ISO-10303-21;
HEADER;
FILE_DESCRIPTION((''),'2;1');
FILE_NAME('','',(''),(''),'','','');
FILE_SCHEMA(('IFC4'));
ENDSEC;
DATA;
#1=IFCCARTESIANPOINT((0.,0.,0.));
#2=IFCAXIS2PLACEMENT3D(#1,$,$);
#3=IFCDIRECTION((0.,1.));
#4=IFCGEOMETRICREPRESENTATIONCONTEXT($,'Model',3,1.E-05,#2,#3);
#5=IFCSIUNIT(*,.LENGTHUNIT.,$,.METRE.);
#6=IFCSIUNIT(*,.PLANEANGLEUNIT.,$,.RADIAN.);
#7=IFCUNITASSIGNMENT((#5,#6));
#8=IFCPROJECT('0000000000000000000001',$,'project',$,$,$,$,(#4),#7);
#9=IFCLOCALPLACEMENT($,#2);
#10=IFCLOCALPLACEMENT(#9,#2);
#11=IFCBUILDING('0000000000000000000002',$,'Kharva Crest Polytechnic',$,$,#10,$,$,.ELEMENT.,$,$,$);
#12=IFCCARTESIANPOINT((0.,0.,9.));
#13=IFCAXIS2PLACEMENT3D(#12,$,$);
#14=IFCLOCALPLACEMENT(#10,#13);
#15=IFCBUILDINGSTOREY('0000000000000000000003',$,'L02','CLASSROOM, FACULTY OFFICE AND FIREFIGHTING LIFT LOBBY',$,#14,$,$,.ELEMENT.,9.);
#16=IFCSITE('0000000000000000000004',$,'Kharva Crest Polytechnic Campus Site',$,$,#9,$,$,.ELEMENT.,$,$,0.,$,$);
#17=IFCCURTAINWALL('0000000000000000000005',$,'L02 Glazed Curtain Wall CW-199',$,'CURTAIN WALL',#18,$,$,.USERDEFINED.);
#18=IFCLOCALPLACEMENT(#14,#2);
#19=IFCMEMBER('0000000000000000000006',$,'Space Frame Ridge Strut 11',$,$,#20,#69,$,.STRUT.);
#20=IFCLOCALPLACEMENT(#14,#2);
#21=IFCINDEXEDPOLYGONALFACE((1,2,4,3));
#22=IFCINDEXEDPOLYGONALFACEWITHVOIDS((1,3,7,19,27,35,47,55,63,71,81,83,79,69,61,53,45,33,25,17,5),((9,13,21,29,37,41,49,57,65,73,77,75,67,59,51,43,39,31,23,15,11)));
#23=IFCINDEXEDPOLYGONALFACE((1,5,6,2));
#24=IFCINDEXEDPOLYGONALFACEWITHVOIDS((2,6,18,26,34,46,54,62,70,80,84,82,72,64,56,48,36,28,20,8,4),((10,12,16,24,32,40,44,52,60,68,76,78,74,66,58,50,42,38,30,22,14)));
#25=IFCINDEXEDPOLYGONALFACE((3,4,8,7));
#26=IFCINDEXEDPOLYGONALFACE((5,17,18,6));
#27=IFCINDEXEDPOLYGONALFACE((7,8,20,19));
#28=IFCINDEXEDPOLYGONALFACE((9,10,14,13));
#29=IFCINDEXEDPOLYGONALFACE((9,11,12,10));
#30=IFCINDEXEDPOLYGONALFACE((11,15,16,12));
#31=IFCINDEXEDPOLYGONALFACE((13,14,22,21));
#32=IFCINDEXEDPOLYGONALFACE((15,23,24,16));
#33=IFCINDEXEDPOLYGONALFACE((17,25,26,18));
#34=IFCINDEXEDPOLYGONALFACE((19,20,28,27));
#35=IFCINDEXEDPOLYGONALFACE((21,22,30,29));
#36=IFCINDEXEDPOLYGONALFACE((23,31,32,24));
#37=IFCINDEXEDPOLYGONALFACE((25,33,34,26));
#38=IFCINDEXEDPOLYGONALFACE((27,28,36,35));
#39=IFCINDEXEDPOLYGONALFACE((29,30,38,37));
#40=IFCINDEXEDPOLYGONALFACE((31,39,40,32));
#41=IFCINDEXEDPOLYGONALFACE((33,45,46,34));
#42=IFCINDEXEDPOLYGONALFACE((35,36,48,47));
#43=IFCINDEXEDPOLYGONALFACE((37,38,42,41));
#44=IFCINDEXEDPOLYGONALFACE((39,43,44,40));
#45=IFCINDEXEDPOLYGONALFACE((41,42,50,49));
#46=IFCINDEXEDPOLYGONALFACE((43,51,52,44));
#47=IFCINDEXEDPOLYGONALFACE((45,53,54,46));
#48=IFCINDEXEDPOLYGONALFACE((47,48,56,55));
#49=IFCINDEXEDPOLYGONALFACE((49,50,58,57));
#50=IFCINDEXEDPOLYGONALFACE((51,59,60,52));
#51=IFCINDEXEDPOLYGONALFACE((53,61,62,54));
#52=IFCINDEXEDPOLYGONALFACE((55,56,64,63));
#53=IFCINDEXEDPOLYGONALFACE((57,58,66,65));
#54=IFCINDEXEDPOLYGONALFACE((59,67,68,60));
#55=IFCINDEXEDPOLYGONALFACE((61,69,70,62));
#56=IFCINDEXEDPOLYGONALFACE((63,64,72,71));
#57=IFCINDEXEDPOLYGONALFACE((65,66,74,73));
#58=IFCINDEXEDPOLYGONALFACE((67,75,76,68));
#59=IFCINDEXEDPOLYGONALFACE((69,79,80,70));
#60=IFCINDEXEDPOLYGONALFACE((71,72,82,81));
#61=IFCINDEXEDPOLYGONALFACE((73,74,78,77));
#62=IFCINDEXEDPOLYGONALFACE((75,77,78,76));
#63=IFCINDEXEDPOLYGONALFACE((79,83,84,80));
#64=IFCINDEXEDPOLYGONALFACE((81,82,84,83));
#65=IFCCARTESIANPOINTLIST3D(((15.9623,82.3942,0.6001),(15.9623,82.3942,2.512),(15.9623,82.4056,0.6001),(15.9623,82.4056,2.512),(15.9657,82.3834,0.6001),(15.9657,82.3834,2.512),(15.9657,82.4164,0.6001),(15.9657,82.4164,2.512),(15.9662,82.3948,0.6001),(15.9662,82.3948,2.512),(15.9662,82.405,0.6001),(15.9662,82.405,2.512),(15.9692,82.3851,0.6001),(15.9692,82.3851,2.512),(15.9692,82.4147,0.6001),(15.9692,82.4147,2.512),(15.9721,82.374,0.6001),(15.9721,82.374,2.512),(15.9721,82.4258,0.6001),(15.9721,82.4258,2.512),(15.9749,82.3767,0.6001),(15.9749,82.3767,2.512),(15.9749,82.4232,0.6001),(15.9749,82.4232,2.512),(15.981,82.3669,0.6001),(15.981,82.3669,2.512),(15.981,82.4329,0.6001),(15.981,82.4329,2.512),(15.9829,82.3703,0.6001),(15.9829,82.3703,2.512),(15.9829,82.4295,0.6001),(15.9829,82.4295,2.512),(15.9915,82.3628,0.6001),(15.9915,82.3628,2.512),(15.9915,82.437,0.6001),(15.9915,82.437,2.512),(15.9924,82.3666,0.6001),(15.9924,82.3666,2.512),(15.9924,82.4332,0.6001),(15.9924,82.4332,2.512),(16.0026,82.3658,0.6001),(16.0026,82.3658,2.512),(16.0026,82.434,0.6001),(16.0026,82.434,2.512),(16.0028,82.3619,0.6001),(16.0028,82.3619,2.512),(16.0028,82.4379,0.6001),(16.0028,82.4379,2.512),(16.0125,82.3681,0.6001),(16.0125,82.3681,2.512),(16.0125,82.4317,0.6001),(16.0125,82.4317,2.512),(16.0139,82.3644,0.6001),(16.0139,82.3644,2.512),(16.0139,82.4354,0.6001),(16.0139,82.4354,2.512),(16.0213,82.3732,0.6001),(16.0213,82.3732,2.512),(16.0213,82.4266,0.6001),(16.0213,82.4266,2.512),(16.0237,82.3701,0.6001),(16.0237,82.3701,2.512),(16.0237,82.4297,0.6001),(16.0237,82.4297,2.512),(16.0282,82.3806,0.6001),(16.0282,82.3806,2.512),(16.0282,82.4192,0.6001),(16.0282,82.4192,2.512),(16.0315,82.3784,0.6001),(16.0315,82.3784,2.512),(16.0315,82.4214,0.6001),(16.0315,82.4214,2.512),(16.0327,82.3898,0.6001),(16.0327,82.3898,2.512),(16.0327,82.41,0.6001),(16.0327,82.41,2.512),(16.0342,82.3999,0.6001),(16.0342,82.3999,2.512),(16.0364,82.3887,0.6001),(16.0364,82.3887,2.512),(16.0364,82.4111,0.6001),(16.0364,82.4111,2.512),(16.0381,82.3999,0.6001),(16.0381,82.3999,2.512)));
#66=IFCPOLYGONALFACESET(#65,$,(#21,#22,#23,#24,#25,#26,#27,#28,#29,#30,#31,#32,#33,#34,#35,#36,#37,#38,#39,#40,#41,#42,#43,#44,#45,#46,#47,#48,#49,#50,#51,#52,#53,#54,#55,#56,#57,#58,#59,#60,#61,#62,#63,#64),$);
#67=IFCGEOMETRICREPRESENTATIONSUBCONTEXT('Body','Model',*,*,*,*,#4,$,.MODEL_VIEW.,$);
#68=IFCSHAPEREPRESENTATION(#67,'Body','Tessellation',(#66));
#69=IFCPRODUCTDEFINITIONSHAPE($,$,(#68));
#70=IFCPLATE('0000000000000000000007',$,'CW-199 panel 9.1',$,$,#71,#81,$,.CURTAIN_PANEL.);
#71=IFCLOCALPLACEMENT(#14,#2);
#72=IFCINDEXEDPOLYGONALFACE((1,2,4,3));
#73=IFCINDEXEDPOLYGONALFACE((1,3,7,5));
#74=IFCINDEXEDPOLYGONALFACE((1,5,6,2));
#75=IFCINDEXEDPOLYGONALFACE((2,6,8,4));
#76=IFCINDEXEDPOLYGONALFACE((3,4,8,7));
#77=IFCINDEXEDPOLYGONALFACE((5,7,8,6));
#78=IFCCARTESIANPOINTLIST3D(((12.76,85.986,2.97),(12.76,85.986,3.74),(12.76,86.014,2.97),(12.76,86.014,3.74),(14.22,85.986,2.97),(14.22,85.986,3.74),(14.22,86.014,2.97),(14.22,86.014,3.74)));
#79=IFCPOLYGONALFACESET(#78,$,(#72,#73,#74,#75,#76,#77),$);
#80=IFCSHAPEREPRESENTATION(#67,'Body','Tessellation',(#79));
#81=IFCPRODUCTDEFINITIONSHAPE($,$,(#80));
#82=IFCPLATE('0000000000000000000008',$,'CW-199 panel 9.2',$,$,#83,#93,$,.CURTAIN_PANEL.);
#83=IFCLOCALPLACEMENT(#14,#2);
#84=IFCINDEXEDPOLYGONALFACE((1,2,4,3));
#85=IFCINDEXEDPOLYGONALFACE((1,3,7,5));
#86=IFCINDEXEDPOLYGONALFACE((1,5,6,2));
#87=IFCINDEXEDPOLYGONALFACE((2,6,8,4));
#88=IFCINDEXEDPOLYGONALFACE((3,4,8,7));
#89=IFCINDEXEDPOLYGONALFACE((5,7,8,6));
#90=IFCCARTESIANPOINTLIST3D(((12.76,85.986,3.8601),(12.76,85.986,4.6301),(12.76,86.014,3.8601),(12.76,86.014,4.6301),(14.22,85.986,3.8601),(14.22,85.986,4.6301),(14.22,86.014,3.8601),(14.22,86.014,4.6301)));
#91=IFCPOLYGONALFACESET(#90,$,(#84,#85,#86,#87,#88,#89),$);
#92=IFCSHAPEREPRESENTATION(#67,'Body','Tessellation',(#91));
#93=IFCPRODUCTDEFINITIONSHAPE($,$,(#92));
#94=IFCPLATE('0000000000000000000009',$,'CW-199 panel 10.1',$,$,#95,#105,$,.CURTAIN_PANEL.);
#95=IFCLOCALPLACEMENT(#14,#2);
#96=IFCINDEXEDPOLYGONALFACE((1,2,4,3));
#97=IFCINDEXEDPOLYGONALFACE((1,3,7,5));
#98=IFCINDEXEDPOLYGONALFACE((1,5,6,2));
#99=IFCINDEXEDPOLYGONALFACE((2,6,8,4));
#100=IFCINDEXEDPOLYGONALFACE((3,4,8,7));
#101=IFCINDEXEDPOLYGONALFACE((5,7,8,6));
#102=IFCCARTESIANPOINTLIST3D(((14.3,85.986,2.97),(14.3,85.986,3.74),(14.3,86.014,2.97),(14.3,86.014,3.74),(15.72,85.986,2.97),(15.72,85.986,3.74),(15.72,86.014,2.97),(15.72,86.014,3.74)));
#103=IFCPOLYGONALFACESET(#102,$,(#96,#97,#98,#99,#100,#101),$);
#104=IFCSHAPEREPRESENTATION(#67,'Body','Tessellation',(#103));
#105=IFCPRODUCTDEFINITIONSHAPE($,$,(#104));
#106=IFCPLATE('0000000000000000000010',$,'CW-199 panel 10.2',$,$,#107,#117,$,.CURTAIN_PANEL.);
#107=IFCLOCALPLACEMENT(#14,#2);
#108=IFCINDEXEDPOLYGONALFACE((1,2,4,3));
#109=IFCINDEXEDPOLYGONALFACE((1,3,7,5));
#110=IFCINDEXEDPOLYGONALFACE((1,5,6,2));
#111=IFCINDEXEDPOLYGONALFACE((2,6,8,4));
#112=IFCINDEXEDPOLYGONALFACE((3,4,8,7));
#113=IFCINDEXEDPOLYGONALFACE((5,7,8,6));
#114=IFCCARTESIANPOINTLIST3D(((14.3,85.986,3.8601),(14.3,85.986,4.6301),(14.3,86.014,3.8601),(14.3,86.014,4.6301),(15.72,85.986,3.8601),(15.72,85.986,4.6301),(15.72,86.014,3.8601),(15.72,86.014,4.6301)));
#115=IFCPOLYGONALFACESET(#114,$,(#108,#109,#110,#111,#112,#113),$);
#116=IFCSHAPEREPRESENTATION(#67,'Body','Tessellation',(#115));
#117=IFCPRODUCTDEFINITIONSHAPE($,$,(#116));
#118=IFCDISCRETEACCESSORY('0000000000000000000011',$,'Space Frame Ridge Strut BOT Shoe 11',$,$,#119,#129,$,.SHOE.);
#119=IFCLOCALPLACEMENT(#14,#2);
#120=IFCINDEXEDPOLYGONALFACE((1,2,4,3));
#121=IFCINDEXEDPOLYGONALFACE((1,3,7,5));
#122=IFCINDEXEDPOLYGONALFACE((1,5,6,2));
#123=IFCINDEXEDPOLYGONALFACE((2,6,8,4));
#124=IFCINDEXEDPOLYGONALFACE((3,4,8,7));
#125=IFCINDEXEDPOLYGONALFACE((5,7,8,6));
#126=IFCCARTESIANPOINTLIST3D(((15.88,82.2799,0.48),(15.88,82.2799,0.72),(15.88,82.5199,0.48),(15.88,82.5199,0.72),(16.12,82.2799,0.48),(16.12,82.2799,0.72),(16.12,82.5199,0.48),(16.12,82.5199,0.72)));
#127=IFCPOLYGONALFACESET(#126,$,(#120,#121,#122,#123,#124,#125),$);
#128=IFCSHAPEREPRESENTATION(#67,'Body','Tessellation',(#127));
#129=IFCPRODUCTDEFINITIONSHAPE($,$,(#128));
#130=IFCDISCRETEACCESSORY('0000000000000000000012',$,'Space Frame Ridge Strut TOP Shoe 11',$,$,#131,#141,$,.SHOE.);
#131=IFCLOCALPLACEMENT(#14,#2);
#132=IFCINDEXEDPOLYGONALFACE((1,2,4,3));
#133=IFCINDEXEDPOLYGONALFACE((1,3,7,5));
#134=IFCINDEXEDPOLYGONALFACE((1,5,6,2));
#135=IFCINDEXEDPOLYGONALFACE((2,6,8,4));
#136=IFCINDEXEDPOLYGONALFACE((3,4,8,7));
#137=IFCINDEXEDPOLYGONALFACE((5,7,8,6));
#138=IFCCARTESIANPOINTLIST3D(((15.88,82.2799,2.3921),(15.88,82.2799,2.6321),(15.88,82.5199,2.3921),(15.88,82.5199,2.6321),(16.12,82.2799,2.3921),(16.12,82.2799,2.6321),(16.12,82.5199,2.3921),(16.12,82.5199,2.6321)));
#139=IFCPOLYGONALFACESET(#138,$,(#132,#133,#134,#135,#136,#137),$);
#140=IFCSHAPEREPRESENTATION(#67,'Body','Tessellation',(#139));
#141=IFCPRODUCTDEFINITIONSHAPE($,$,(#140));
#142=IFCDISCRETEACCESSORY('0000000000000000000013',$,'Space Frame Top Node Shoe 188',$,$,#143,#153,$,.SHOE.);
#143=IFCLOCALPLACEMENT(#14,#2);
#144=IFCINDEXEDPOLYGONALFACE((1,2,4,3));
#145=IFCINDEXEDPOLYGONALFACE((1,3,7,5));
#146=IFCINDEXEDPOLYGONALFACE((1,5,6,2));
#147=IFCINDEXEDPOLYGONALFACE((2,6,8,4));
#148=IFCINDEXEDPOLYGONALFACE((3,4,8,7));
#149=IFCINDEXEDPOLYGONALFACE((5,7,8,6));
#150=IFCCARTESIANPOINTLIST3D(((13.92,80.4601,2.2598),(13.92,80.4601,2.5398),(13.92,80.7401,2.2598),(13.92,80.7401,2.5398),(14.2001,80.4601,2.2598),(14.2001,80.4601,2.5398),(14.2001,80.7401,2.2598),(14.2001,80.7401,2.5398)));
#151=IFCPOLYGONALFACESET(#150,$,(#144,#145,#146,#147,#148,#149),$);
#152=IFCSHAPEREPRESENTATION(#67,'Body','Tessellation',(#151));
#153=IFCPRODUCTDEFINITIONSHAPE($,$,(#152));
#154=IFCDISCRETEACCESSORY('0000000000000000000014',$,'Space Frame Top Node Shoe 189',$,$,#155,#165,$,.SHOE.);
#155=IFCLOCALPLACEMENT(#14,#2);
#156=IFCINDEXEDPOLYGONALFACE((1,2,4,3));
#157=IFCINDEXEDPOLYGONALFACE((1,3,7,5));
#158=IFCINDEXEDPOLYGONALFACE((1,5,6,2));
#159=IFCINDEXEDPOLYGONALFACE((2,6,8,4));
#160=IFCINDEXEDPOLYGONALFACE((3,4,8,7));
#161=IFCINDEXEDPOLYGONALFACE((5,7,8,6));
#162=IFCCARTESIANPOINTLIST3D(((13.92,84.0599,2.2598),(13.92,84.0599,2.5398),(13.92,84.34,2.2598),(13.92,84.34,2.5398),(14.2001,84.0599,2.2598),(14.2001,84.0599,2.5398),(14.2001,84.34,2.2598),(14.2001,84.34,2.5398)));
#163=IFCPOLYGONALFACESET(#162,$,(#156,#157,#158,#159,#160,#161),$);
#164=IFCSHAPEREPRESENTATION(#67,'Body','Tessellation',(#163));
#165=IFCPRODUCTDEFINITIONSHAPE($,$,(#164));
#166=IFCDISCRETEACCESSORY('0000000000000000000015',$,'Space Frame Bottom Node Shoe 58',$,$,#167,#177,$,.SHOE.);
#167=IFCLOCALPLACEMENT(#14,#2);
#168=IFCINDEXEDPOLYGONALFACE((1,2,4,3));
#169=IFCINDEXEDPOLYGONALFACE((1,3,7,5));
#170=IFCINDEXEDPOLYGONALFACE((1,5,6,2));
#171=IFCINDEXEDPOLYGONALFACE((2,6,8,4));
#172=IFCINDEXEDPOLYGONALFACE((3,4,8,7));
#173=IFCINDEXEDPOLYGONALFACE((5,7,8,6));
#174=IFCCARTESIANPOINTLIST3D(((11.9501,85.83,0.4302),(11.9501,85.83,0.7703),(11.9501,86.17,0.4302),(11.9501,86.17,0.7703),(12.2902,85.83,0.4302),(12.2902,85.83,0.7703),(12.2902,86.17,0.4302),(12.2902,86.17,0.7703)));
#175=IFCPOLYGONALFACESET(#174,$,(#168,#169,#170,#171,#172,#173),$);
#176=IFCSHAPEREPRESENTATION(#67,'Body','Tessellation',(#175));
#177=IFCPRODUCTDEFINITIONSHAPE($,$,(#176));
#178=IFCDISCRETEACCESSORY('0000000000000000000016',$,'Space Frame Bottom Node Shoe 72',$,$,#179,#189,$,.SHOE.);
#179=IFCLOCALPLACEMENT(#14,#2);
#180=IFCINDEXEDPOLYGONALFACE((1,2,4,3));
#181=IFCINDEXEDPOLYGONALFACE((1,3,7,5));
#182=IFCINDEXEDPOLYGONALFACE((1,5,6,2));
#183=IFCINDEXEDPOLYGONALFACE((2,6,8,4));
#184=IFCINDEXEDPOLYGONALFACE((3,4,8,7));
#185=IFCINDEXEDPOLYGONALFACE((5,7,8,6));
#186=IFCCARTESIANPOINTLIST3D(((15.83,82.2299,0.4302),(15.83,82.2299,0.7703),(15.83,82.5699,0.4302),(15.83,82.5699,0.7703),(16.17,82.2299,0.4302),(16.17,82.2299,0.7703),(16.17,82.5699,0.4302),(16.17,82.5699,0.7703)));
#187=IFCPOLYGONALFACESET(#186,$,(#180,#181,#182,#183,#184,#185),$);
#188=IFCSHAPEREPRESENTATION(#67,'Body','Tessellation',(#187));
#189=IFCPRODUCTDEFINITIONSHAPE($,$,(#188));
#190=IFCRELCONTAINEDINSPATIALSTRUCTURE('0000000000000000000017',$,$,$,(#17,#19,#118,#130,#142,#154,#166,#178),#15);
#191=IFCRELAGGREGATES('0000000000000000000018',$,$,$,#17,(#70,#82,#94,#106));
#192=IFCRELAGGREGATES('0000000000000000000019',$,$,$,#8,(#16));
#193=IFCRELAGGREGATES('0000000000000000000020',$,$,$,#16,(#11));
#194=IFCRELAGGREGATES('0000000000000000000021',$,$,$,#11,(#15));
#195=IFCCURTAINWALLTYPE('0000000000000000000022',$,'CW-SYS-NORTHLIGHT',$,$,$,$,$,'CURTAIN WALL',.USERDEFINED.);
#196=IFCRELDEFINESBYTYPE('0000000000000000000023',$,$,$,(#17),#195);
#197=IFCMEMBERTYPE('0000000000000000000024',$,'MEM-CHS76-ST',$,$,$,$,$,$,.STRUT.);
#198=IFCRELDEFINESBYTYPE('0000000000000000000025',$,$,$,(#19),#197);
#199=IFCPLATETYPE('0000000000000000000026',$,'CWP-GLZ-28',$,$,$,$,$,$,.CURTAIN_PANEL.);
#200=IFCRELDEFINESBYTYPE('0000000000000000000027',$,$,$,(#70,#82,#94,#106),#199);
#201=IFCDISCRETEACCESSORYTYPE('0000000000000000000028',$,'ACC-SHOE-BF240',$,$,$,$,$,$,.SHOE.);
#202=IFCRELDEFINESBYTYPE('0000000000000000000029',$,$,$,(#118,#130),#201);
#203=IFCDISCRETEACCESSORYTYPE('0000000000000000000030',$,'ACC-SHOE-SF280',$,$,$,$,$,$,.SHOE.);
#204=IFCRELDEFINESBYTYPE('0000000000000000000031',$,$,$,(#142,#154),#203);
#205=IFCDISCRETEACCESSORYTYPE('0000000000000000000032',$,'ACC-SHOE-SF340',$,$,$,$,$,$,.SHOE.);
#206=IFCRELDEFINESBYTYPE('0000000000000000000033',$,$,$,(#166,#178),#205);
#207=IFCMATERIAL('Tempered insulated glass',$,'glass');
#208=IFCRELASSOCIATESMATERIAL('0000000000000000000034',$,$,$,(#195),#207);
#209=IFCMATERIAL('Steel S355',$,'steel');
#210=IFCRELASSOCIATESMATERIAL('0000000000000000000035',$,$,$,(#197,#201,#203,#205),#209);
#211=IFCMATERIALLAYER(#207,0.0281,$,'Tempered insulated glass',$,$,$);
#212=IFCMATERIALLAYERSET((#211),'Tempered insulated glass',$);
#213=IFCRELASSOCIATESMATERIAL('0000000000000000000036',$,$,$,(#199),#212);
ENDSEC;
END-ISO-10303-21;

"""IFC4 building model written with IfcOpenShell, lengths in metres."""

from ifc_helpers import new_model, si_unit, direction, frame, origin, origin_2d, place, context, subcontext, project, spatial, rectangle, hollow_circle, extrude, material, layer, layer_set, material_profile, profile_set, type_object, element, aggregate, save


model = new_model("IFC4")

# Units and contexts
model_context = context("Model", 3, precision=1e-05, world=origin(), true_north=direction((0.0, 1.0)))
body_context = subcontext(model_context, "Body", "Model", "MODEL_VIEW")
ifc_project = project(units=[si_unit("LENGTHUNIT", "METRE"), si_unit("PLANEANGLEUNIT", "RADIAN")], contexts=[model_context])

# Site, building, storey
site_placement = place(None, origin())
site = spatial("IfcSite", under=ifc_project, at=site_placement, Name="Kharva Crest Polytechnic Campus Site", CompositionType="ELEMENT", RefElevation=0.0)
building_placement = place(site_placement, origin())
building = spatial("IfcBuilding", under=site, at=building_placement, Name="Kharva Crest Polytechnic", CompositionType="ELEMENT")
storey_placement = place(building_placement, frame((0.0, 0.0, 9.0)))
storey = spatial("IfcBuildingStorey", under=building, at=storey_placement, Name="L02", Description="CLASSROOM, FACULTY OFFICE AND FIREFIGHTING LIFT LOBBY", CompositionType="ELEMENT", Elevation=9.0)

# Curtain wall
ifc_material_1 = material(Name="Tempered insulated glass", Category="glass")
curtain_wall_type = type_object("IfcCurtainWallType", Name="CW-SYS-NORTHLIGHT", ElementType="CURTAIN WALL", PredefinedType="USERDEFINED", material=ifc_material_1)
curtain_wall_placement = place(storey_placement, origin())
curtain_wall = element("IfcCurtainWall", 1, at=curtain_wall_placement, inside=storey, type_object=curtain_wall_type, Name="L02 Glazed Curtain Wall CW-199", ObjectType="CURTAIN WALL", PredefinedType="USERDEFINED")
ifc_material_2 = material(Name="Steel S355", Category="steel")

# Member
ifc_material_profile_1 = material_profile(ifc_material_2, hollow_circle(Radius=0.0381, WallThickness=0.0039, at=origin_2d()), Name="CHS 76.1X4.0")
ifc_profile_set_1 = profile_set([ifc_material_profile_1], Name="Steel S355")
member_type_1 = type_object("IfcMemberType", Name="MEM-CHS76-ST", PredefinedType="STRUT", material=ifc_profile_set_1)
member_1_placement = place(storey_placement, frame((16.0, 82.3999, 0.6001), z_axis=(0.0, 0.0, 1.0), x_axis=(1.0, 0.0, 0.0)))
element("IfcMember", 2, at=member_1_placement, inside=storey, type_object=member_type_1, Name="Space Frame Ridge Strut 11", PredefinedType="STRUT", context=body_context, shape_type="SweptSolid", body=[
    extrude(hollow_circle(Radius=0.0381, WallThickness=0.0039, at=origin_2d()), origin(), (0.0, 0.0, 1.0), 1.9119),
])

# Plates
ifc_layer = layer(ifc_material_1, 0.0281, Name="Tempered insulated glass")
ifc_layer_set = layer_set([ifc_layer], Name="Tempered insulated glass")
plate_type = type_object("IfcPlateType", Name="CWP-GLZ-28", PredefinedType="CURTAIN_PANEL", material=ifc_layer_set)
plate_1_placement = place(storey_placement, frame((13.49, 86.0, 2.97), z_axis=(0.0, 0.0, 1.0), x_axis=(1.0, 0.0, 0.0)))
plate_1 = element("IfcPlate", 3, at=plate_1_placement, type_object=plate_type, Name="CW-199 panel 9.1", PredefinedType="CURTAIN_PANEL", context=body_context, shape_type="SweptSolid", body=[
    extrude(rectangle(XDim=1.46, YDim=0.0281, at=origin_2d()), origin(), (0.0, 0.0, 1.0), 0.77),
])
plate_2_placement = place(storey_placement, frame((13.49, 86.0, 3.8601), z_axis=(0.0, 0.0, 1.0), x_axis=(1.0, 0.0, 0.0)))
plate_2 = element("IfcPlate", 4, at=plate_2_placement, type_object=plate_type, Name="CW-199 panel 9.2", PredefinedType="CURTAIN_PANEL", context=body_context, shape_type="SweptSolid", body=[
    extrude(rectangle(XDim=1.46, YDim=0.0281, at=origin_2d()), origin(), (0.0, 0.0, 1.0), 0.77),
])
plate_3_placement = place(storey_placement, frame((15.01, 86.0, 2.97), z_axis=(0.0, 0.0, 1.0), x_axis=(1.0, 0.0, 0.0)))
plate_3 = element("IfcPlate", 5, at=plate_3_placement, type_object=plate_type, Name="CW-199 panel 10.1", PredefinedType="CURTAIN_PANEL", context=body_context, shape_type="SweptSolid", body=[
    extrude(rectangle(XDim=1.4199, YDim=0.0281, at=origin_2d()), origin(), (0.0, 0.0, 1.0), 0.77),
])
plate_4_placement = place(storey_placement, frame((15.01, 86.0, 3.8601), z_axis=(0.0, 0.0, 1.0), x_axis=(1.0, 0.0, 0.0)))
plate_4 = element("IfcPlate", 6, at=plate_4_placement, type_object=plate_type, Name="CW-199 panel 10.2", PredefinedType="CURTAIN_PANEL", context=body_context, shape_type="SweptSolid", body=[
    extrude(rectangle(XDim=1.4199, YDim=0.0281, at=origin_2d()), origin(), (0.0, 0.0, 1.0), 0.77),
])
aggregate(curtain_wall, [plate_1, plate_2, plate_3, plate_4])

# Discrete accessories
discrete_accessory_type_1 = type_object("IfcDiscreteAccessoryType", Name="ACC-SHOE-BF240", PredefinedType="SHOE", material=ifc_material_2)
for number, where, z_axis, x_axis, name in (
    (7, (16.0, 82.3999, 0.48), (0.0, 0.0, 1.0), (1.0, 0.0, 0.0), "Space Frame Ridge Strut BOT Shoe 11"),
    (8, (16.0, 82.3999, 2.3921), (0.0, 0.0, 1.0), (1.0, 0.0, 0.0), "Space Frame Ridge Strut TOP Shoe 11"),
):
    element("IfcDiscreteAccessory", number, at=place(storey_placement, frame(where, z_axis=z_axis, x_axis=x_axis)), inside=storey, type_object=discrete_accessory_type_1, Name=name, PredefinedType="SHOE", context=body_context, shape_type="SweptSolid", body=[
        extrude(rectangle(XDim=0.24, YDim=0.24, at=origin_2d()), origin(), (0.0, 0.0, 1.0), 0.24),
    ])
discrete_accessory_type_2 = type_object("IfcDiscreteAccessoryType", Name="ACC-SHOE-SF280", PredefinedType="SHOE", material=ifc_material_2)
for number, where, z_axis, x_axis, name in (
    (9, (14.0601, 80.6001, 2.2598), (0.0, 0.0, 1.0), (1.0, 0.0, 0.0), "Space Frame Top Node Shoe 188"),
    (10, (14.0601, 84.2, 2.2598), (0.0, 0.0, 1.0), (1.0, 0.0, 0.0), "Space Frame Top Node Shoe 189"),
):
    element("IfcDiscreteAccessory", number, at=place(storey_placement, frame(where, z_axis=z_axis, x_axis=x_axis)), inside=storey, type_object=discrete_accessory_type_2, Name=name, PredefinedType="SHOE", context=body_context, shape_type="SweptSolid", body=[
        extrude(rectangle(XDim=0.28, YDim=0.28, at=origin_2d()), origin(), (0.0, 0.0, 1.0), 0.28),
    ])
discrete_accessory_type_3 = type_object("IfcDiscreteAccessoryType", Name="ACC-SHOE-SF340", PredefinedType="SHOE", material=ifc_material_2)
for number, where, z_axis, x_axis, name in (
    (11, (12.1201, 86.0, 0.4302), (0.0, 0.0, 1.0), (1.0, 0.0, 0.0), "Space Frame Bottom Node Shoe 58"),
    (12, (16.0, 82.3999, 0.4302), (0.0, 0.0, 1.0), (1.0, 0.0, 0.0), "Space Frame Bottom Node Shoe 72"),
):
    element("IfcDiscreteAccessory", number, at=place(storey_placement, frame(where, z_axis=z_axis, x_axis=x_axis)), inside=storey, type_object=discrete_accessory_type_3, Name=name, PredefinedType="SHOE", context=body_context, shape_type="SweptSolid", body=[
        extrude(rectangle(XDim=0.3401, YDim=0.3401, at=origin_2d()), origin(), (0.0, 0.0, 1.0), 0.3401),
    ])

save(model, "model.ifc")
